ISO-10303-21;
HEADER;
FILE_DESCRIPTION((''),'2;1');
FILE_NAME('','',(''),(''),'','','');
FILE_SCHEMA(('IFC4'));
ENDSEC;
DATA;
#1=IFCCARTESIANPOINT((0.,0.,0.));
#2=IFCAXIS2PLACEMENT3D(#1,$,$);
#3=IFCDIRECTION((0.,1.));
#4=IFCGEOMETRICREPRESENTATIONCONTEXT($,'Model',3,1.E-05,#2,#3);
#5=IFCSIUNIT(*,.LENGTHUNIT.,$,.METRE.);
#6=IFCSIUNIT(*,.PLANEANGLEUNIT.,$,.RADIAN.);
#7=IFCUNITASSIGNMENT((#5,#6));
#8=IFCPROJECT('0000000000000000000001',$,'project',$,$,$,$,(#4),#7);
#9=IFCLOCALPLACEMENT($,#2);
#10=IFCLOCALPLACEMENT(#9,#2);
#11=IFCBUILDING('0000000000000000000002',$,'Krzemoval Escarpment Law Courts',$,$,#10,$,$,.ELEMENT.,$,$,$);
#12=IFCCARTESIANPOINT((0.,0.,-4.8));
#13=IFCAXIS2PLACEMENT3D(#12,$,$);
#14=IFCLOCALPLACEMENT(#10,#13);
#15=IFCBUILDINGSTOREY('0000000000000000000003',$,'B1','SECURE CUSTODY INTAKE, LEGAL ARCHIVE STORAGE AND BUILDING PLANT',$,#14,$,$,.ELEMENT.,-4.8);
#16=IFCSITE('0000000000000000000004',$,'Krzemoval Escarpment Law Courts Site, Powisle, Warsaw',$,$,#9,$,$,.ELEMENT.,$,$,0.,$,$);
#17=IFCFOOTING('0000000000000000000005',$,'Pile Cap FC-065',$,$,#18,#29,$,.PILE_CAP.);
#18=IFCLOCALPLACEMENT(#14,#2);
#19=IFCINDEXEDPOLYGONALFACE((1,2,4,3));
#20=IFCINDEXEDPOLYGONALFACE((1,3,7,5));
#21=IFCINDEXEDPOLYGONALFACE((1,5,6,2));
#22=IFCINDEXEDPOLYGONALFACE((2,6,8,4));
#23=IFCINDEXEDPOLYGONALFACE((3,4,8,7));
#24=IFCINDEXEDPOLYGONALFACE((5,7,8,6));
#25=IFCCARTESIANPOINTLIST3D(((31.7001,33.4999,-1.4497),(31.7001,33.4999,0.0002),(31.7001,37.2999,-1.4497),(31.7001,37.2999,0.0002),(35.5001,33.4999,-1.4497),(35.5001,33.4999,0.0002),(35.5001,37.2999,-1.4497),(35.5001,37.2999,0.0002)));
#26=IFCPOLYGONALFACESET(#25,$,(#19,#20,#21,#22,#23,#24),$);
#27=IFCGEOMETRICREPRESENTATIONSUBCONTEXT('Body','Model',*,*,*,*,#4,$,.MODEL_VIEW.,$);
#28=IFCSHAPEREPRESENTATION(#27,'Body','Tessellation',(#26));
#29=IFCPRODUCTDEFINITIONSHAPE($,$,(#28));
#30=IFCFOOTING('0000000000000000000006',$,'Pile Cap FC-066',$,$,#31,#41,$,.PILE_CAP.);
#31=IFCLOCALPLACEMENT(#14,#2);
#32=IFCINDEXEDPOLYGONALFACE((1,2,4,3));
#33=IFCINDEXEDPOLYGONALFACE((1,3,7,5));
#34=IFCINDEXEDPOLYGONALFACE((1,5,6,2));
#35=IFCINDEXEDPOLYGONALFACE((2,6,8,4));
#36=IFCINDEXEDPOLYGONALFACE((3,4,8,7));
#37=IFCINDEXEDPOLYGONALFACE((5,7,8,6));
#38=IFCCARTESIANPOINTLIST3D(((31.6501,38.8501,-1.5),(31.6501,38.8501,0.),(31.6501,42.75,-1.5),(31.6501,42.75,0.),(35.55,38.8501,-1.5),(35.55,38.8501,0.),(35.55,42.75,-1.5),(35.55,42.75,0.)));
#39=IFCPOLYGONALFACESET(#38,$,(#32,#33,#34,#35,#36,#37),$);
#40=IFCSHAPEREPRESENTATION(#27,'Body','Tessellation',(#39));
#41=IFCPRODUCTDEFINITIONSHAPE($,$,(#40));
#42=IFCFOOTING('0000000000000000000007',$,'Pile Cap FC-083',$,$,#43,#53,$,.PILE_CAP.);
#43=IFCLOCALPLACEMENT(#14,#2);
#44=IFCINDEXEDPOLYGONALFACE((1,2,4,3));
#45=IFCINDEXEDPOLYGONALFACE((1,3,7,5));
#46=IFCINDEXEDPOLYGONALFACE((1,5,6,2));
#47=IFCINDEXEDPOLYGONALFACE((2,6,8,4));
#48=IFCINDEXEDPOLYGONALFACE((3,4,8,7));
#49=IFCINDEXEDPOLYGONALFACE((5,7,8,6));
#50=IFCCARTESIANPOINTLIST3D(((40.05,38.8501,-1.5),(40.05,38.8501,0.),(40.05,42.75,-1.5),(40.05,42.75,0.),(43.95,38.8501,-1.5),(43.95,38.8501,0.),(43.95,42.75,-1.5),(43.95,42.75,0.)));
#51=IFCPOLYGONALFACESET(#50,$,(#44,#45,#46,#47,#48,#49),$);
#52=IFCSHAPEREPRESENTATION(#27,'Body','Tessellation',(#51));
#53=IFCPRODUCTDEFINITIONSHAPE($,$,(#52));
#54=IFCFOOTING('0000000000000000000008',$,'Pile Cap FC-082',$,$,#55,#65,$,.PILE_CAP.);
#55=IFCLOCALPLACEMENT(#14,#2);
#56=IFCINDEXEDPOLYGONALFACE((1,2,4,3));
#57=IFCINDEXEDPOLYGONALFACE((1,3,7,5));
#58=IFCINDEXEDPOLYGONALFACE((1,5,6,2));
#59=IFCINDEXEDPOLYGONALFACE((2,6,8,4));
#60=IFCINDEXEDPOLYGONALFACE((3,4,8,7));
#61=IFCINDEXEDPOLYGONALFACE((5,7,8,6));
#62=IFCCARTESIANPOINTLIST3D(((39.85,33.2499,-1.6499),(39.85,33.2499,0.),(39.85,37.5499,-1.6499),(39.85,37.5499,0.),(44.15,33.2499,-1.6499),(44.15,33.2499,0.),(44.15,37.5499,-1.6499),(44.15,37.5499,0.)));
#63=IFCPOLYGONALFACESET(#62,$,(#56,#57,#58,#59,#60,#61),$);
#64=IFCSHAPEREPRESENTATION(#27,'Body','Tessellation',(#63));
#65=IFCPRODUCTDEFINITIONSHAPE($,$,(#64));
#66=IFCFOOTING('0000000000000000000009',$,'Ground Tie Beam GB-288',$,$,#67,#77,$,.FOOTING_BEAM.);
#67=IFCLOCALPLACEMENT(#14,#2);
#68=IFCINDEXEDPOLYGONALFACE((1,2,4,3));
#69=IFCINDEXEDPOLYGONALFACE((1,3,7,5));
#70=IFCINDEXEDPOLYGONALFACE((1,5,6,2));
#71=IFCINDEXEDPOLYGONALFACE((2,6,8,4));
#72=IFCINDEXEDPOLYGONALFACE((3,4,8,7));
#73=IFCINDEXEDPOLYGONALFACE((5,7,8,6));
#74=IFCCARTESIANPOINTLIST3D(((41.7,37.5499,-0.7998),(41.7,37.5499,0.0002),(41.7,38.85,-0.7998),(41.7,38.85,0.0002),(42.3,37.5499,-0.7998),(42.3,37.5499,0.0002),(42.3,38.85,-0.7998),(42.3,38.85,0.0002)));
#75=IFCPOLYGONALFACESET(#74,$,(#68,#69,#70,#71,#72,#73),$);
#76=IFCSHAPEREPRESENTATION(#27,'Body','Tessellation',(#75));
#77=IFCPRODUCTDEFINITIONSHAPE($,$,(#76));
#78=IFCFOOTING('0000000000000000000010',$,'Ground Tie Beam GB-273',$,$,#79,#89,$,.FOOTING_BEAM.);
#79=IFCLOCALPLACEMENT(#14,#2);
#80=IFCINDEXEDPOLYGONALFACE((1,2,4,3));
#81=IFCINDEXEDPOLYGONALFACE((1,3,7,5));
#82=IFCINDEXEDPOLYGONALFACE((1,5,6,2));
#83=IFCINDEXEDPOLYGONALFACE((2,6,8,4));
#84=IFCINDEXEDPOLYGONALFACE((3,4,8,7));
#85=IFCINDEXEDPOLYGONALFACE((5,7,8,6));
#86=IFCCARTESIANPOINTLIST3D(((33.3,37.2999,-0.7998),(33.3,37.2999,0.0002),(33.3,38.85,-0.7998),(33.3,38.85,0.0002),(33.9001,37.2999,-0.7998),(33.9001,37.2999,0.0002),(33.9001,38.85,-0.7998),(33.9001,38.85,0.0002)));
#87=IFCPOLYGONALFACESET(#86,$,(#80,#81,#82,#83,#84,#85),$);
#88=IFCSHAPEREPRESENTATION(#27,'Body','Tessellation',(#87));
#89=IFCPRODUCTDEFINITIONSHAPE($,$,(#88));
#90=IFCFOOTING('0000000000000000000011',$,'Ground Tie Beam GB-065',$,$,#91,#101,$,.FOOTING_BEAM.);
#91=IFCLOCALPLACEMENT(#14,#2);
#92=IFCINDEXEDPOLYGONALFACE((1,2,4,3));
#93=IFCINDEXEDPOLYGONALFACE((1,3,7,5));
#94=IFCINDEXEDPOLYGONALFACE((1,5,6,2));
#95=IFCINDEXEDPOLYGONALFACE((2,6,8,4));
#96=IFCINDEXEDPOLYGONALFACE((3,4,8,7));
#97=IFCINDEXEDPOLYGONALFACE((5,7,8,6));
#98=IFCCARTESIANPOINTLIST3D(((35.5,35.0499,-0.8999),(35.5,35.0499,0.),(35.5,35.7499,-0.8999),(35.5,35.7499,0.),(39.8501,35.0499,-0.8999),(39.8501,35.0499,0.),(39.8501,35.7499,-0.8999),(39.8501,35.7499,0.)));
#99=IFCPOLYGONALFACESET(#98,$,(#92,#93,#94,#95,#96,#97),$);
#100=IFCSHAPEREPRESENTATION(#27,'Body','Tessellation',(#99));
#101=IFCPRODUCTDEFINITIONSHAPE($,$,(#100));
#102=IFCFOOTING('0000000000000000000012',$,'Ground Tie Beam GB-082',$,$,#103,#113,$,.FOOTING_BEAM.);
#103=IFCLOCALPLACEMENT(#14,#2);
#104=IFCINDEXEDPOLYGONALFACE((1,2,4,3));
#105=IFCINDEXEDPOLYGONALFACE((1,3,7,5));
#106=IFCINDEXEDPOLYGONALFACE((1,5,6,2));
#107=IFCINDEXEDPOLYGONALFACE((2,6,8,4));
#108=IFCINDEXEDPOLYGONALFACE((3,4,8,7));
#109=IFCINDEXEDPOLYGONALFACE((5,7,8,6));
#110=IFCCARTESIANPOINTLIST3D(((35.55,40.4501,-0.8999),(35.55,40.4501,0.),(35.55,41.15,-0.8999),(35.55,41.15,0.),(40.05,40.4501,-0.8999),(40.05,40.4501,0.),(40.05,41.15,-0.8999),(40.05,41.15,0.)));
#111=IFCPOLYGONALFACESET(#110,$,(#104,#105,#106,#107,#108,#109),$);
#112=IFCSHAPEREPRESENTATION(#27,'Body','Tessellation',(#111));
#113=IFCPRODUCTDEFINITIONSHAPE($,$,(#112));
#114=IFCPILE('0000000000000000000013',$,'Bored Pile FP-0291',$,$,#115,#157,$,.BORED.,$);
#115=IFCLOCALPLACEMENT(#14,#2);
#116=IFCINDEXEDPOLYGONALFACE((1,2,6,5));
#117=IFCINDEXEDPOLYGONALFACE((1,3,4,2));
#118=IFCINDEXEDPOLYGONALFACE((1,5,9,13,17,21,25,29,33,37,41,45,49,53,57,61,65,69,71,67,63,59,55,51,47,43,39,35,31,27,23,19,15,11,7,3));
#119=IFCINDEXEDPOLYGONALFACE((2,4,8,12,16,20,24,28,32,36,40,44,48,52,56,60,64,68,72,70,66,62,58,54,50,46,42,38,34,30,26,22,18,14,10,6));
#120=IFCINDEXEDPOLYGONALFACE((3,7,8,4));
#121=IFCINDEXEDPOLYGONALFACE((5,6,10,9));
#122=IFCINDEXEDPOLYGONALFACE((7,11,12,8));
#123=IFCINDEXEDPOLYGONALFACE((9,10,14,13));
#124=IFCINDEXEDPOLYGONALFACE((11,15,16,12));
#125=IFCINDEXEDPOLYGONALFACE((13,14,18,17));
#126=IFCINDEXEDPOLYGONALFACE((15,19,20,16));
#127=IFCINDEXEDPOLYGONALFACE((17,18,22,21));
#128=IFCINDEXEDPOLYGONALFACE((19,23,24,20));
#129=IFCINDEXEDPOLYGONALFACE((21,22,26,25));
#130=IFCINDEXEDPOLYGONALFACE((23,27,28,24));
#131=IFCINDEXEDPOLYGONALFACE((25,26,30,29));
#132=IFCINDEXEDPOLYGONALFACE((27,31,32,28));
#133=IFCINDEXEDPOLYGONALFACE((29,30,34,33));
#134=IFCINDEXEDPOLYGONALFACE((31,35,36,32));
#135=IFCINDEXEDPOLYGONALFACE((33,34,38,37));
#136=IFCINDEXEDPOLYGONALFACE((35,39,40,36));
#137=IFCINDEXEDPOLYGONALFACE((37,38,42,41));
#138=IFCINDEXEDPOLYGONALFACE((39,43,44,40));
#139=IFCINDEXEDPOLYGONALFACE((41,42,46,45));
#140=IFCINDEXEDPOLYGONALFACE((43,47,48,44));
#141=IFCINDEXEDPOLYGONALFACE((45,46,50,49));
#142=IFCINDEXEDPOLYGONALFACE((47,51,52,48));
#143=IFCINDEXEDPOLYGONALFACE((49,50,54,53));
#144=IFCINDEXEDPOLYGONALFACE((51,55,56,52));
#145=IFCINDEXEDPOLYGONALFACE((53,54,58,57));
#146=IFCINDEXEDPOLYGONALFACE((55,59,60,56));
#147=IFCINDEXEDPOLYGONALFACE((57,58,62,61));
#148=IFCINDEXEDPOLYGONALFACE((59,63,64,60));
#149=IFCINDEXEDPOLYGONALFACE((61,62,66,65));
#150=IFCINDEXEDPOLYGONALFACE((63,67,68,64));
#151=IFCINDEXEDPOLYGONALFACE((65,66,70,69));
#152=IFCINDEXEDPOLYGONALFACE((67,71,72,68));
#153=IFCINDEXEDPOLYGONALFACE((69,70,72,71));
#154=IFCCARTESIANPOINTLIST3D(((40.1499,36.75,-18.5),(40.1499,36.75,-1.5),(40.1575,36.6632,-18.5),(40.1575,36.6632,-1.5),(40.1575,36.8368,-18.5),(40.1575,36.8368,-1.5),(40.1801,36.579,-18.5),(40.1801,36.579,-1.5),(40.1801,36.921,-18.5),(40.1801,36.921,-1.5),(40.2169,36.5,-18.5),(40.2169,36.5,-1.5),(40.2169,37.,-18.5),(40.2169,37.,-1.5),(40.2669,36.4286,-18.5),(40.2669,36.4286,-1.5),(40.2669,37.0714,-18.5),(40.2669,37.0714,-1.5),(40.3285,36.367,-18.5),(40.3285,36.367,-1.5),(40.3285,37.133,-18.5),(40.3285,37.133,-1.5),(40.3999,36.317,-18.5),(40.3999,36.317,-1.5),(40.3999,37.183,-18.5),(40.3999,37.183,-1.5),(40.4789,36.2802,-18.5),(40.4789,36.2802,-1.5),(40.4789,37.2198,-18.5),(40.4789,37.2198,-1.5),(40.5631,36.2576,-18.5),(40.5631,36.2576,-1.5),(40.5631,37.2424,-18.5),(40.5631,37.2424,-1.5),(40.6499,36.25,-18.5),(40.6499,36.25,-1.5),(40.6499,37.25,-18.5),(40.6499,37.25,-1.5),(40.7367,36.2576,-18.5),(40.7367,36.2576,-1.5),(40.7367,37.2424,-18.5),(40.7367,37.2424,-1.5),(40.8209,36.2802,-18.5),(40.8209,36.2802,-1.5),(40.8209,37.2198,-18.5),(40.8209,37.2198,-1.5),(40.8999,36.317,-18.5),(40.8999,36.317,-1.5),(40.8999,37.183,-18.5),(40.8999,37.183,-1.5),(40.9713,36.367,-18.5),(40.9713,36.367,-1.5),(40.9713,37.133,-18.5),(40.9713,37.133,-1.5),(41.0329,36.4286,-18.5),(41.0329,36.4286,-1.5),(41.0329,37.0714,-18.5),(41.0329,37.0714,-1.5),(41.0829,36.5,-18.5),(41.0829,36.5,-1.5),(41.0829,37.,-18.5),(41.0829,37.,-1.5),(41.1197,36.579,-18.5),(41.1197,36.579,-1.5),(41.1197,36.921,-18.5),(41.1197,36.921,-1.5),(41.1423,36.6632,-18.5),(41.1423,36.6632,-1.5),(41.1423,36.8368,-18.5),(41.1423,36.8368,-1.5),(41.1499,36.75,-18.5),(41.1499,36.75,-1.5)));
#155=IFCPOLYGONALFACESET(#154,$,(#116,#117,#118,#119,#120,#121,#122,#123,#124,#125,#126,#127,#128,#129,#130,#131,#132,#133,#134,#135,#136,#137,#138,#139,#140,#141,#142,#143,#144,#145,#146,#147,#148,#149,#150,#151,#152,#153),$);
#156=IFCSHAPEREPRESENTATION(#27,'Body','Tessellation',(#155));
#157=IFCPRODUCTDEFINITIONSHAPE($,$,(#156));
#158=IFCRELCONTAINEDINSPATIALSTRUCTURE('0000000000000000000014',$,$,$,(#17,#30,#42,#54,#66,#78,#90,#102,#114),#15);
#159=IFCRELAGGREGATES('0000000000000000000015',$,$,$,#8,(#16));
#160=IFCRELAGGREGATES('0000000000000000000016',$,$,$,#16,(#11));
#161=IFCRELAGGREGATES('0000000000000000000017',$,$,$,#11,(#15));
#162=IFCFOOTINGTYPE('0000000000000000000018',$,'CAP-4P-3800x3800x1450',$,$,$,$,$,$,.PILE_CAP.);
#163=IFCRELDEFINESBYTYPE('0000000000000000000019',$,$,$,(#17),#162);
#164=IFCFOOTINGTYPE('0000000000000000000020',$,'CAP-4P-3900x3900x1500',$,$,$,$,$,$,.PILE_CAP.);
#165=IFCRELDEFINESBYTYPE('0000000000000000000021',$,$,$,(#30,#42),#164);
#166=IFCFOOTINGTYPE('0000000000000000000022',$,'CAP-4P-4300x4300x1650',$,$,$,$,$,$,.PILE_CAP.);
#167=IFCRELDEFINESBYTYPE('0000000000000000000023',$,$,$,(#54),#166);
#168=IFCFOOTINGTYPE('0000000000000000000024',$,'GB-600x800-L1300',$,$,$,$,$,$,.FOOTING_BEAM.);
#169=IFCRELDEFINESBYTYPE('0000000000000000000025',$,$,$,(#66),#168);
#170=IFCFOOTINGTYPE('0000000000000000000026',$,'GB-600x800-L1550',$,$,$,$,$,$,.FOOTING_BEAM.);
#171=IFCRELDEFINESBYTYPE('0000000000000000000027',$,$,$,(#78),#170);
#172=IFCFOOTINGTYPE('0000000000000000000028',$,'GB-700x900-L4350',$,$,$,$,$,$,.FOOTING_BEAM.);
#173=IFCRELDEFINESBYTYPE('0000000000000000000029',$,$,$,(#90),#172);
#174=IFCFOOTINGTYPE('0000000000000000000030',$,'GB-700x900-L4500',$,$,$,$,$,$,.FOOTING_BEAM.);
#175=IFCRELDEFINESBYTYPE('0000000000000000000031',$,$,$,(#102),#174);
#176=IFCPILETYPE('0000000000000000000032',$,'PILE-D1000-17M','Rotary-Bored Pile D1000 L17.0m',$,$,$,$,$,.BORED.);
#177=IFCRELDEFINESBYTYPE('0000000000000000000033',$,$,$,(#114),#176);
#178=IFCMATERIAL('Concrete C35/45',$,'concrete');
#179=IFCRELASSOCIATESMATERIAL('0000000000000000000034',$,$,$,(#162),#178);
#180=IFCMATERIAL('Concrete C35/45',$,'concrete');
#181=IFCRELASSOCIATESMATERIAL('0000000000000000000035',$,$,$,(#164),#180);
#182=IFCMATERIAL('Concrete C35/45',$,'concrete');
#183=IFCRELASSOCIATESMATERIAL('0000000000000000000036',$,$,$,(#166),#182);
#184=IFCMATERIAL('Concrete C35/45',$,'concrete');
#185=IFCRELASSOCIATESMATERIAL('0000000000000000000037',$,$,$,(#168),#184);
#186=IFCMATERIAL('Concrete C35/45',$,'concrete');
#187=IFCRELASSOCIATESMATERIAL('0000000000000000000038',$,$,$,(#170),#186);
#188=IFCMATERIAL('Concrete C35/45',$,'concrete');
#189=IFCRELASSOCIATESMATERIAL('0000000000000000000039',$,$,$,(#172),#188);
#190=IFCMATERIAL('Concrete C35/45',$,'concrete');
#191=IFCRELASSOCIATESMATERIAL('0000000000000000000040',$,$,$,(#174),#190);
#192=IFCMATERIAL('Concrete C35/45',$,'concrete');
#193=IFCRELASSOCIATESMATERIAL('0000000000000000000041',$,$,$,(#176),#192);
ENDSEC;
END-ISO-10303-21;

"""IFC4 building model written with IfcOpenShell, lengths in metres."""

from ifc_helpers import new_model, si_unit, direction, frame, origin, origin_2d, place, context, subcontext, project, spatial, rectangle, circle, extrude, material, material_profile, profile_set, type_object, element, save


model = new_model("IFC4")

# Units and contexts
model_context = context("Model", 3, precision=1e-05, world=origin(), true_north=direction((0.0, 1.0)))
body_context = subcontext(model_context, "Body", "Model", "MODEL_VIEW")
ifc_project = project(units=[si_unit("LENGTHUNIT", "METRE"), si_unit("PLANEANGLEUNIT", "RADIAN")], contexts=[model_context])

# Site, building, storey
site_placement = place(None, origin())
site = spatial("IfcSite", under=ifc_project, at=site_placement, Name="Krzemoval Escarpment Law Courts Site, Powisle, Warsaw", CompositionType="ELEMENT", RefElevation=0.0)
building_placement = place(site_placement, origin())
building = spatial("IfcBuilding", under=site, at=building_placement, Name="Krzemoval Escarpment Law Courts", CompositionType="ELEMENT")
storey_placement = place(building_placement, frame((0.0, 0.0, -4.8)))
storey = spatial("IfcBuildingStorey", under=building, at=storey_placement, Name="B1", Description="SECURE CUSTODY INTAKE, LEGAL ARCHIVE STORAGE AND BUILDING PLANT", CompositionType="ELEMENT", Elevation=-4.8)

# Footings
ifc_material_1 = material(Name="Concrete C35/45", Category="concrete")
footing_type_1 = type_object("IfcFootingType", Name="CAP-4P-3800x3800x1450", PredefinedType="PILE_CAP", material=ifc_material_1)
footing_1_placement = place(storey_placement, frame((33.6001, 35.3999, -1.4497), z_axis=(0.0, 0.0, 1.0), x_axis=(1.0, 0.0, 0.0)))
element("IfcFooting", 1, at=footing_1_placement, inside=storey, type_object=footing_type_1, Name="Pile Cap FC-065", PredefinedType="PILE_CAP", context=body_context, shape_type="SweptSolid", body=[
    extrude(rectangle(XDim=3.8, YDim=3.8, at=origin_2d()), origin(), (0.0, 0.0, 1.0), 1.45),
])
ifc_material_2 = material(Name="Concrete C35/45", Category="concrete")
footing_type_2 = type_object("IfcFootingType", Name="CAP-4P-3900x3900x1500", PredefinedType="PILE_CAP", material=ifc_material_2)
for number, where, z_axis, x_axis, name in (
    (2, (33.6001, 40.8, -1.5), (0.0, 0.0, 1.0), (1.0, 0.0, 0.0), "Pile Cap FC-066"),
    (3, (42.0, 40.8, -1.5), (0.0, 0.0, 1.0), (1.0, 0.0, 0.0), "Pile Cap FC-083"),
):
    element("IfcFooting", number, at=place(storey_placement, frame(where, z_axis=z_axis, x_axis=x_axis)), inside=storey, type_object=footing_type_2, Name=name, PredefinedType="PILE_CAP", context=body_context, shape_type="SweptSolid", body=[
        extrude(rectangle(XDim=3.8999, YDim=3.8999, at=origin_2d()), origin(), (0.0, 0.0, 1.0), 1.5),
    ])
ifc_material_3 = material(Name="Concrete C35/45", Category="concrete")
footing_type_3 = type_object("IfcFootingType", Name="CAP-4P-4300x4300x1650", PredefinedType="PILE_CAP", material=ifc_material_3)
footing_2_placement = place(storey_placement, frame((42.0, 35.3999, -1.6499), z_axis=(0.0, 0.0, 1.0), x_axis=(1.0, 0.0, 0.0)))
element("IfcFooting", 4, at=footing_2_placement, inside=storey, type_object=footing_type_3, Name="Pile Cap FC-082", PredefinedType="PILE_CAP", context=body_context, shape_type="SweptSolid", body=[
    extrude(rectangle(XDim=4.3, YDim=4.3, at=origin_2d()), origin(), (0.0, 0.0, 1.0), 1.6499),
])
ifc_material_4 = material(Name="Concrete C35/45", Category="concrete")
footing_type_4 = type_object("IfcFootingType", Name="GB-600x800-L1300", PredefinedType="FOOTING_BEAM", material=ifc_material_4)
footing_3_placement = place(storey_placement, frame((42.0, 38.2, -0.7998), z_axis=(0.0, 0.0, 1.0), x_axis=(0.0, 1.0, 0.0)))
element("IfcFooting", 5, at=footing_3_placement, inside=storey, type_object=footing_type_4, Name="Ground Tie Beam GB-288", PredefinedType="FOOTING_BEAM", context=body_context, shape_type="SweptSolid", body=[
    extrude(rectangle(XDim=1.3, YDim=0.6001, at=origin_2d()), origin(), (0.0, 0.0, 1.0), 0.8),
])
ifc_material_5 = material(Name="Concrete C35/45", Category="concrete")
footing_type_5 = type_object("IfcFootingType", Name="GB-600x800-L1550", PredefinedType="FOOTING_BEAM", material=ifc_material_5)
footing_4_placement = place(storey_placement, frame((33.6001, 38.075, -0.7998), z_axis=(0.0, 0.0, 1.0), x_axis=(0.0, 1.0, 0.0)))
element("IfcFooting", 6, at=footing_4_placement, inside=storey, type_object=footing_type_5, Name="Ground Tie Beam GB-273", PredefinedType="FOOTING_BEAM", context=body_context, shape_type="SweptSolid", body=[
    extrude(rectangle(XDim=1.55, YDim=0.6001, at=origin_2d()), origin(), (0.0, 0.0, 1.0), 0.8),
])
ifc_material_6 = material(Name="Concrete C35/45", Category="concrete")
footing_type_6 = type_object("IfcFootingType", Name="GB-700x900-L4350", PredefinedType="FOOTING_BEAM", material=ifc_material_6)
footing_5_placement = place(storey_placement, frame((37.675, 35.3999, -0.8999), z_axis=(0.0, 0.0, 1.0), x_axis=(1.0, 0.0, 0.0)))
element("IfcFooting", 7, at=footing_5_placement, inside=storey, type_object=footing_type_6, Name="Ground Tie Beam GB-065", PredefinedType="FOOTING_BEAM", context=body_context, shape_type="SweptSolid", body=[
    extrude(rectangle(XDim=4.3501, YDim=0.7, at=origin_2d()), origin(), (0.0, 0.0, 1.0), 0.8999),
])
ifc_material_7 = material(Name="Concrete C35/45", Category="concrete")
footing_type_7 = type_object("IfcFootingType", Name="GB-700x900-L4500", PredefinedType="FOOTING_BEAM", material=ifc_material_7)
footing_6_placement = place(storey_placement, frame((37.8, 40.8, -0.8999), z_axis=(0.0, 0.0, 1.0), x_axis=(1.0, 0.0, 0.0)))
element("IfcFooting", 8, at=footing_6_placement, inside=storey, type_object=footing_type_7, Name="Ground Tie Beam GB-082", PredefinedType="FOOTING_BEAM", context=body_context, shape_type="SweptSolid", body=[
    extrude(rectangle(XDim=4.5, YDim=0.7, at=origin_2d()), origin(), (0.0, 0.0, 1.0), 0.8999),
])

# Pile
ifc_material_8 = material(Name="Concrete C35/45", Category="concrete")
ifc_material_profile_1 = material_profile(ifc_material_8, circle(Radius=0.5, at=origin_2d()), Name="PILE D1000")
ifc_profile_set_1 = profile_set([ifc_material_profile_1], Name="Concrete C35/45")
pile_type_1 = type_object("IfcPileType", Name="PILE-D1000-17M", Description="Rotary-Bored Pile D1000 L17.0m", PredefinedType="BORED", material=ifc_profile_set_1)
pile_placement = place(storey_placement, frame((40.6499, 36.75, -1.5), z_axis=(0.0, 0.0, -1.0), x_axis=(1.0, 0.0, 0.0)))
element("IfcPile", 9, at=pile_placement, inside=storey, type_object=pile_type_1, Name="Bored Pile FP-0291", PredefinedType="BORED", context=body_context, shape_type="SweptSolid", body=[
    extrude(circle(Radius=0.5, at=origin_2d()), origin(), (0.0, 0.0, 1.0), 17.0),
])

save(model, "model.ifc")
